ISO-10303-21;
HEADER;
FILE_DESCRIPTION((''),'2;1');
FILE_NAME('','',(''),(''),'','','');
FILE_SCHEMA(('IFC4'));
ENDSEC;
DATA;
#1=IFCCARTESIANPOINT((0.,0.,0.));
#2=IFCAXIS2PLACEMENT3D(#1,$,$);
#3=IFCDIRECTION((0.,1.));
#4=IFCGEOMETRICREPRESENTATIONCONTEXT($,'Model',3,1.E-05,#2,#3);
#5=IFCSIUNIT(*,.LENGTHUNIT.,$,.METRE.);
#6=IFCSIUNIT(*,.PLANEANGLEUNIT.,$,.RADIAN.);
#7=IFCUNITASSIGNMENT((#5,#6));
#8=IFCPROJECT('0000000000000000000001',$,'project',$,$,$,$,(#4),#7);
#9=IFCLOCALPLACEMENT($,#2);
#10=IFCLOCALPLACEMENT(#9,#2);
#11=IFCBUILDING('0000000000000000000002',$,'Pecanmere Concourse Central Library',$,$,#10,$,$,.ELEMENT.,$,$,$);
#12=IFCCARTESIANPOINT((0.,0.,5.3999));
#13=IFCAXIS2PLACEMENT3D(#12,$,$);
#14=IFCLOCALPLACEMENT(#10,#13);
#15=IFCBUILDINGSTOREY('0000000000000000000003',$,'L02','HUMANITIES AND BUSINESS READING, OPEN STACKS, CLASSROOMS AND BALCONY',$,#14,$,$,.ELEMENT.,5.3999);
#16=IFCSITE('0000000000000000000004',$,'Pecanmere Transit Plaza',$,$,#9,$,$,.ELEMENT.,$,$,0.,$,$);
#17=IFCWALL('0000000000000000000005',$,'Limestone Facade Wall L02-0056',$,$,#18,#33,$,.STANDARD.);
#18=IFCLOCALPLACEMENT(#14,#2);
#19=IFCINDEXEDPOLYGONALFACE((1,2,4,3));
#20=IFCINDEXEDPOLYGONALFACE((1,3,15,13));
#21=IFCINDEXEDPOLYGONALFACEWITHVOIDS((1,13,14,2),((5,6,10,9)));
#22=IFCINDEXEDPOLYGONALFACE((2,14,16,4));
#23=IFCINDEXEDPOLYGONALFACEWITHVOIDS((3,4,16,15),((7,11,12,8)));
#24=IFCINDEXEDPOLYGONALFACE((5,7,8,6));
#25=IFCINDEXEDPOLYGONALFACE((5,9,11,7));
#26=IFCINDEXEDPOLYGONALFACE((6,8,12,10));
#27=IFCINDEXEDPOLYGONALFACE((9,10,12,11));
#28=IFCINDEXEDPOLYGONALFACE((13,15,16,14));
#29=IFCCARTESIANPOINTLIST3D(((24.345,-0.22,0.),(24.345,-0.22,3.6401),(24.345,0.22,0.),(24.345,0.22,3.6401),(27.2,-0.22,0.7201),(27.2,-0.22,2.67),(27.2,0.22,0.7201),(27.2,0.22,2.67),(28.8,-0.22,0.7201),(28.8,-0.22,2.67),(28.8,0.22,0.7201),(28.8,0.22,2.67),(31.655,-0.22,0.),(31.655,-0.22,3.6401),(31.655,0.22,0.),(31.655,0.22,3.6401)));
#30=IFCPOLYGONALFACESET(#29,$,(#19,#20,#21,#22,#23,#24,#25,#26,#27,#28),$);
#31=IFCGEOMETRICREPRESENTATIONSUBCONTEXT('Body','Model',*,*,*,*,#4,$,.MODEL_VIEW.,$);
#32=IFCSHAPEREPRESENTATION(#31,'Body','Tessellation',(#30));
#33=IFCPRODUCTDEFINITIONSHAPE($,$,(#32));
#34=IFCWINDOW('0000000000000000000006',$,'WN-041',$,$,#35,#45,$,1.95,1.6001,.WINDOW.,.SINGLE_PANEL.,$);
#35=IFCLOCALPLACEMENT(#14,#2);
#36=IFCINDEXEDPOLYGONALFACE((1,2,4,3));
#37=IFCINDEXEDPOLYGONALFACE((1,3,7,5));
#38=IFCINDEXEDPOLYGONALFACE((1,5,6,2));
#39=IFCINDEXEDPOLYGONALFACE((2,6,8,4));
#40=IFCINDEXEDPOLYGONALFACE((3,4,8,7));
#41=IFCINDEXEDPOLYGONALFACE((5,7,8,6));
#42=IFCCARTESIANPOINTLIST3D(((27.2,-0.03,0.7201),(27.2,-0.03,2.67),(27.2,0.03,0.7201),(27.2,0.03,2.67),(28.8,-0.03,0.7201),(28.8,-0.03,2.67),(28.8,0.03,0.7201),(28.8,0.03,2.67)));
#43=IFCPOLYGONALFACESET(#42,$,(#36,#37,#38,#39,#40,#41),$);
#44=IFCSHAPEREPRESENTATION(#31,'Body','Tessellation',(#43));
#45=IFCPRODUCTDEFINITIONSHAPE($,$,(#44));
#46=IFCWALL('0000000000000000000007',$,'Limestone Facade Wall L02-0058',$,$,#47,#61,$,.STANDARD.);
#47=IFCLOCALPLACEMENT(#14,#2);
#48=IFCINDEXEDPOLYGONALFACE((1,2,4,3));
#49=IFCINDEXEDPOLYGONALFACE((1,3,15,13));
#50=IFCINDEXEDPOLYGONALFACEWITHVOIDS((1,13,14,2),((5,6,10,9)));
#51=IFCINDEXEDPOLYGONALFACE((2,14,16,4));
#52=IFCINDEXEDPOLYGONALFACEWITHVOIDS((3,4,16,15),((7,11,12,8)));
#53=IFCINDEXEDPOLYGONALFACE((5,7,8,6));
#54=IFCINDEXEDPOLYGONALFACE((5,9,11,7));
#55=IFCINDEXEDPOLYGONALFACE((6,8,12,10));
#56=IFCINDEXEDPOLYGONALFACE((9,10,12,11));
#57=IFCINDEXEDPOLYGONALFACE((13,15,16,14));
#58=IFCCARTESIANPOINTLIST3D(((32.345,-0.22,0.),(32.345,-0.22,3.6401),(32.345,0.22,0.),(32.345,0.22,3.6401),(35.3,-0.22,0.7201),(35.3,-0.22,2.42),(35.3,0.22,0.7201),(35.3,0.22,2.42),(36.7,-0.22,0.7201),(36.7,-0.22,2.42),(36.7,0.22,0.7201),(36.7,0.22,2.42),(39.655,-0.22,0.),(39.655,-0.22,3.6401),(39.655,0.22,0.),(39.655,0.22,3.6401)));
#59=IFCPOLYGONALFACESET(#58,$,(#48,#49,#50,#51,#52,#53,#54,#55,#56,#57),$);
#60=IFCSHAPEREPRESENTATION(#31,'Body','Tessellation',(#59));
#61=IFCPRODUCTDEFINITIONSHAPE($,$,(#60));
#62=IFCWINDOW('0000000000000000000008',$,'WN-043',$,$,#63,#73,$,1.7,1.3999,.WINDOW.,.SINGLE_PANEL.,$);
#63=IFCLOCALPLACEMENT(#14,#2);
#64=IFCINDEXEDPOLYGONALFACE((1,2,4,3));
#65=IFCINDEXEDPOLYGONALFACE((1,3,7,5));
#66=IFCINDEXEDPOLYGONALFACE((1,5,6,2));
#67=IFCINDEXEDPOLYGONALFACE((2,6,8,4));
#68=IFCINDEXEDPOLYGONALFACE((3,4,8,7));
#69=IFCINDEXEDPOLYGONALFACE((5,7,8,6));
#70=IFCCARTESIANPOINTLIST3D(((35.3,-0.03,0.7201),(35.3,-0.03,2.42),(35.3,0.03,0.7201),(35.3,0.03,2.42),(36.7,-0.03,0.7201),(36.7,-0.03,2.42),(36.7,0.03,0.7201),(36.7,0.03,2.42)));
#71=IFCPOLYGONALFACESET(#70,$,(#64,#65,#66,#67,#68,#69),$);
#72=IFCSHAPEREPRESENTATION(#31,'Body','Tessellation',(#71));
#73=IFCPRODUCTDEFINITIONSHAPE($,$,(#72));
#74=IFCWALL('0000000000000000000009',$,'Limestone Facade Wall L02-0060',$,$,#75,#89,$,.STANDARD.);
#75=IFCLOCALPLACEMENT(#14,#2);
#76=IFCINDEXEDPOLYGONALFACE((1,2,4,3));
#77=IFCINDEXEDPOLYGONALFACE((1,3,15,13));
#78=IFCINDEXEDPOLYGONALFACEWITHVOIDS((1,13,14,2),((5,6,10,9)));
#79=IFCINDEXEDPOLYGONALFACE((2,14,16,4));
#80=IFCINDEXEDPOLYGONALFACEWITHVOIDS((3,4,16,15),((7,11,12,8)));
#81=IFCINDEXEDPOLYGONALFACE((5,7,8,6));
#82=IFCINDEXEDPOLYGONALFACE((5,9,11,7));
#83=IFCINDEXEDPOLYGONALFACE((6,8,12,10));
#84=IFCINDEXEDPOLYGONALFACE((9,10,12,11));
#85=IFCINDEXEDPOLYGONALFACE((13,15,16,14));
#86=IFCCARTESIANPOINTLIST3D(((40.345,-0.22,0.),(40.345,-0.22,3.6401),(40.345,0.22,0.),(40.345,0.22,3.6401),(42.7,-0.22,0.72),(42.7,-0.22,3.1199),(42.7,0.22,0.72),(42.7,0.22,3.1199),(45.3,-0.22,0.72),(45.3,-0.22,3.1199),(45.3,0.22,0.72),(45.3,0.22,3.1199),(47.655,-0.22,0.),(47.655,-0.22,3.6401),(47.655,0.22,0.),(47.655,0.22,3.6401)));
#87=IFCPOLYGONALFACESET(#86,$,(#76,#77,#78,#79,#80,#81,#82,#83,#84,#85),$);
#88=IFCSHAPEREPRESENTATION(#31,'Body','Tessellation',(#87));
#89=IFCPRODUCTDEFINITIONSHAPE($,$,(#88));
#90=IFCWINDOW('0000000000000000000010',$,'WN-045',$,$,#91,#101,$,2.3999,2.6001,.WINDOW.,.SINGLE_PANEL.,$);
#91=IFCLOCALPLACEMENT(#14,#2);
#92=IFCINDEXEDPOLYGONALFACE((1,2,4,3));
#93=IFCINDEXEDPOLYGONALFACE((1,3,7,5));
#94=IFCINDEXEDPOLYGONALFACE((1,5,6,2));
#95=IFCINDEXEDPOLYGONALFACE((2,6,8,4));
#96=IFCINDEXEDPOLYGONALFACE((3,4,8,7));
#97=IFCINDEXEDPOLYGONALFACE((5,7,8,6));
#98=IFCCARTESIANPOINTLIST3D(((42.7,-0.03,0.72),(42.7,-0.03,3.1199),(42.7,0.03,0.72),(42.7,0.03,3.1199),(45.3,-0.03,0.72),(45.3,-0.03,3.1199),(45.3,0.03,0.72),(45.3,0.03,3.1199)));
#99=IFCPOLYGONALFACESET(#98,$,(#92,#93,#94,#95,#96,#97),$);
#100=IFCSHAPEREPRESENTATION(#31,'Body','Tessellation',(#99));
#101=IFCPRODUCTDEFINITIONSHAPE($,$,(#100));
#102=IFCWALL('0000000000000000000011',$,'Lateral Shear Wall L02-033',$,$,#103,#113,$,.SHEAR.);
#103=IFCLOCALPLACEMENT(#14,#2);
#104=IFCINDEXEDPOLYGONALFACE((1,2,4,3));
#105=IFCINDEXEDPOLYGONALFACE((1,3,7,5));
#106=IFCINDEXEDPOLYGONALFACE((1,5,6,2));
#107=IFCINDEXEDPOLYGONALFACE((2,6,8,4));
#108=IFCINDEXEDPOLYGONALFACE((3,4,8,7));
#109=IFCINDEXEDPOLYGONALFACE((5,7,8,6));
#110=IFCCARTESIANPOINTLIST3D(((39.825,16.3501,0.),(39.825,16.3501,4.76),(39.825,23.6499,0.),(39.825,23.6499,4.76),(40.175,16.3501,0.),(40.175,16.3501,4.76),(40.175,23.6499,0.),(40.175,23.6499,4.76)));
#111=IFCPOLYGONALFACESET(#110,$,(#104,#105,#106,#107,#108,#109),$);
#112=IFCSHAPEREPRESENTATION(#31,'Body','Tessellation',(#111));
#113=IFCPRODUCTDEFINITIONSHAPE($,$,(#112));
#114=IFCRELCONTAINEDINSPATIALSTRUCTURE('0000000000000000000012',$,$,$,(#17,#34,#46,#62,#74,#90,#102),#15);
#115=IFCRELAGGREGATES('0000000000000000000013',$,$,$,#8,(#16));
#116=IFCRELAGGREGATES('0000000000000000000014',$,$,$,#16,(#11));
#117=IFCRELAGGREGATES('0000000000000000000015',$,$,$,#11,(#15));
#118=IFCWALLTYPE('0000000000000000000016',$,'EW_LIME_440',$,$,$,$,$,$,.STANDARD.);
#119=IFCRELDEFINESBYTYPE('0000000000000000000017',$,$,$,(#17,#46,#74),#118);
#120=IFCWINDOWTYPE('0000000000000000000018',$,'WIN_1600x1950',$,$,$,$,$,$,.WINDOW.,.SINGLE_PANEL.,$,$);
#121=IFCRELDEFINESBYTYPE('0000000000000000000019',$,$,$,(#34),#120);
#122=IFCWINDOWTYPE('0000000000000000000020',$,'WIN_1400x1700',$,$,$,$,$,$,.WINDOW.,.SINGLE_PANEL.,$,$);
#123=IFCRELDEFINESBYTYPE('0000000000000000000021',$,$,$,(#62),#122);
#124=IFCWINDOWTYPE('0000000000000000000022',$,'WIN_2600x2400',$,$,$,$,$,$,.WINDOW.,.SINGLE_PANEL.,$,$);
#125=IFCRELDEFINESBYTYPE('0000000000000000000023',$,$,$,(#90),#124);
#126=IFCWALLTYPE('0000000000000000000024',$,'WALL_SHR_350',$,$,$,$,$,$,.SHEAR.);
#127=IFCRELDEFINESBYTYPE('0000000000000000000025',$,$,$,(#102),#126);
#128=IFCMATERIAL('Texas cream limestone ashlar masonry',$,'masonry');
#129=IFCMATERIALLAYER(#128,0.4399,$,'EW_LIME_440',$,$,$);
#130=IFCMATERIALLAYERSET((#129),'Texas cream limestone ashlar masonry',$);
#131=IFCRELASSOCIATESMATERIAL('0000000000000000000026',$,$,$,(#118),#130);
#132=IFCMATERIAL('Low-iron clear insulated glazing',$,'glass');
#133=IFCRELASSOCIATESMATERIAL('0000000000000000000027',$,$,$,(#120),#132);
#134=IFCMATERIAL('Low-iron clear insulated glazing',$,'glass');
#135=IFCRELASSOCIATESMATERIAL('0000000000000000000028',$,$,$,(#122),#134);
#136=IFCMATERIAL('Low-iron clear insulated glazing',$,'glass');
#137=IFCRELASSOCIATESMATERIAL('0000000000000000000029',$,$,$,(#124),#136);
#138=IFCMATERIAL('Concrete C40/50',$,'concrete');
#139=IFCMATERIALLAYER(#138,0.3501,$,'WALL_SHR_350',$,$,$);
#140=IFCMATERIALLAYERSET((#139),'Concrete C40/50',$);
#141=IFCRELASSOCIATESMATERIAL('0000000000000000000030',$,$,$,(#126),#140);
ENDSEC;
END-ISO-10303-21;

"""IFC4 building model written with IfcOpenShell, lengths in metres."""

from ifc_helpers import new_model, si_unit, direction, frame, frame_2d, origin, place, context, subcontext, project, spatial, rectangle, extrude, material, layer, layer_set, type_object, element, fill, save


model = new_model("IFC4")

# Units and contexts
model_context = context("Model", 3, precision=1e-05, world=origin(), true_north=direction((0.0, 1.0)))
body_context = subcontext(model_context, "Body", "Model", "MODEL_VIEW")
ifc_project = project(units=[si_unit("LENGTHUNIT", "METRE"), si_unit("PLANEANGLEUNIT", "RADIAN")], contexts=[model_context])

# Site, building, storey
site_placement = place(None, origin())
site = spatial("IfcSite", under=ifc_project, at=site_placement, Name="Pecanmere Transit Plaza", CompositionType="ELEMENT", RefElevation=0.0)
building_placement = place(site_placement, origin())
building = spatial("IfcBuilding", under=site, at=building_placement, Name="Pecanmere Concourse Central Library", CompositionType="ELEMENT")
storey_placement = place(building_placement, frame((0.0, 0.0, 5.3999)))
storey = spatial("IfcBuildingStorey", under=building, at=storey_placement, Name="L02", Description="HUMANITIES AND BUSINESS READING, OPEN STACKS, CLASSROOMS AND BALCONY", CompositionType="ELEMENT", Elevation=5.3999)

# Walls, openings, windows
ifc_material_1 = material(Name="Texas cream limestone ashlar masonry", Category="masonry")
ifc_layer_1 = layer(ifc_material_1, 0.4399, Name="EW_LIME_440")
ifc_layer_set_1 = layer_set([ifc_layer_1], Name="Texas cream limestone ashlar masonry")
wall_type_1 = type_object("IfcWallType", Name="EW_LIME_440", PredefinedType="STANDARD", material=ifc_layer_set_1)
wall_1_placement = place(storey_placement, frame((24.345, 0.0, 0.0), z_axis=(0.0, 0.0, 1.0), x_axis=(1.0, 0.0, 0.0)))
wall_1 = element("IfcWall", 1, at=wall_1_placement, inside=storey, type_object=wall_type_1, Name="Limestone Facade Wall L02-0056", PredefinedType="STANDARD", context=body_context, shape_type="SweptSolid", body=[
    extrude(rectangle(XDim=7.3101, YDim=0.4399, at=frame_2d((3.655, 0.0))), origin(), (0.0, 0.0, 1.0), 3.6401),
])
opening_1_placement = place(wall_1_placement, frame((2.855, 0.0, 0.72)))
opening_1 = element("IfcOpeningElement", 2, at=opening_1_placement, cuts=wall_1, PredefinedType="OPENING", context=body_context, shape_type="SweptSolid", body=[
    extrude(rectangle(XDim=1.6001, YDim=1.95, at=frame_2d((0.8, 0.9751))), frame((0.0, 0.2319, 0.0), z_axis=(0.0, -1.0, 0.0), x_axis=(1.0, 0.0, 0.0)), (0.0, 0.0, 1.0), 0.4639),
])
ifc_material_2 = material(Name="Low-iron clear insulated glazing", Category="glass")
window_type_1 = type_object("IfcWindowType", Name="WIN_1600x1950", PartitioningType="SINGLE_PANEL", PredefinedType="WINDOW", material=ifc_material_2)
window_1_placement = place(opening_1_placement, origin())
window_1 = element("IfcWindow", 3, at=window_1_placement, inside=storey, type_object=window_type_1, Name="WN-041", OverallHeight=1.95, OverallWidth=1.6001, PartitioningType="SINGLE_PANEL", PredefinedType="WINDOW", context=body_context, shape_type="SweptSolid", body=[
    extrude(rectangle(XDim=1.6001, YDim=1.95, at=frame_2d((0.8, 0.9751))), frame((0.0, 0.03, 0.0), z_axis=(0.0, -1.0, 0.0), x_axis=(1.0, 0.0, 0.0)), (0.0, 0.0, 1.0), 0.0601),
])
fill(opening_1, window_1)
wall_2_placement = place(storey_placement, frame((32.345, 0.0, 0.0), z_axis=(0.0, 0.0, 1.0), x_axis=(1.0, 0.0, 0.0)))
wall_2 = element("IfcWall", 4, at=wall_2_placement, inside=storey, type_object=wall_type_1, Name="Limestone Facade Wall L02-0058", PredefinedType="STANDARD", context=body_context, shape_type="SweptSolid", body=[
    extrude(rectangle(XDim=7.3101, YDim=0.4399, at=frame_2d((3.655, 0.0))), origin(), (0.0, 0.0, 1.0), 3.6401),
])
opening_2_placement = place(wall_2_placement, frame((2.9551, 0.0, 0.72)))
opening_2 = element("IfcOpeningElement", 5, at=opening_2_placement, cuts=wall_2, PredefinedType="OPENING", context=body_context, shape_type="SweptSolid", body=[
    extrude(rectangle(XDim=1.3999, YDim=1.7, at=frame_2d((0.7, 0.8501))), frame((0.0, 0.2319, 0.0), z_axis=(0.0, -1.0, 0.0), x_axis=(1.0, 0.0, 0.0)), (0.0, 0.0, 1.0), 0.4639),
])
ifc_material_3 = material(Name="Low-iron clear insulated glazing", Category="glass")
window_type_2 = type_object("IfcWindowType", Name="WIN_1400x1700", PartitioningType="SINGLE_PANEL", PredefinedType="WINDOW", material=ifc_material_3)
window_2_placement = place(opening_2_placement, origin())
window_2 = element("IfcWindow", 6, at=window_2_placement, inside=storey, type_object=window_type_2, Name="WN-043", OverallHeight=1.7, OverallWidth=1.3999, PartitioningType="SINGLE_PANEL", PredefinedType="WINDOW", context=body_context, shape_type="SweptSolid", body=[
    extrude(rectangle(XDim=1.3999, YDim=1.7, at=frame_2d((0.7, 0.8501))), frame((0.0, 0.03, 0.0), z_axis=(0.0, -1.0, 0.0), x_axis=(1.0, 0.0, 0.0)), (0.0, 0.0, 1.0), 0.0601),
])
fill(opening_2, window_2)
wall_3_placement = place(storey_placement, frame((40.345, 0.0, 0.0), z_axis=(0.0, 0.0, 1.0), x_axis=(1.0, 0.0, 0.0)))
wall_3 = element("IfcWall", 7, at=wall_3_placement, inside=storey, type_object=wall_type_1, Name="Limestone Facade Wall L02-0060", PredefinedType="STANDARD", context=body_context, shape_type="SweptSolid", body=[
    extrude(rectangle(XDim=7.3101, YDim=0.4399, at=frame_2d((3.655, 0.0))), origin(), (0.0, 0.0, 1.0), 3.6401),
])
opening_3_placement = place(wall_3_placement, frame((2.355, 0.0, 0.72)))
opening_3 = element("IfcOpeningElement", 8, at=opening_3_placement, cuts=wall_3, PredefinedType="OPENING", context=body_context, shape_type="SweptSolid", body=[
    extrude(rectangle(XDim=2.6001, YDim=2.3999, at=frame_2d((1.3, 1.2))), frame((0.0, 0.2319, 0.0), z_axis=(0.0, -1.0, 0.0), x_axis=(1.0, 0.0, 0.0)), (0.0, 0.0, 1.0), 0.4639),
])
ifc_material_4 = material(Name="Low-iron clear insulated glazing", Category="glass")
window_type_3 = type_object("IfcWindowType", Name="WIN_2600x2400", PartitioningType="SINGLE_PANEL", PredefinedType="WINDOW", material=ifc_material_4)
window_3_placement = place(opening_3_placement, origin())
window_3 = element("IfcWindow", 9, at=window_3_placement, inside=storey, type_object=window_type_3, Name="WN-045", OverallHeight=2.3999, OverallWidth=2.6001, PartitioningType="SINGLE_PANEL", PredefinedType="WINDOW", context=body_context, shape_type="SweptSolid", body=[
    extrude(rectangle(XDim=2.6001, YDim=2.3999, at=frame_2d((1.3, 1.2))), frame((0.0, 0.03, 0.0), z_axis=(0.0, -1.0, 0.0), x_axis=(1.0, 0.0, 0.0)), (0.0, 0.0, 1.0), 0.0601),
])
fill(opening_3, window_3)

# Wall
ifc_material_5 = material(Name="Concrete C40/50", Category="concrete")
ifc_layer_2 = layer(ifc_material_5, 0.3501, Name="WALL_SHR_350")
ifc_layer_set_2 = layer_set([ifc_layer_2], Name="Concrete C40/50")
wall_type_2 = type_object("IfcWallType", Name="WALL_SHR_350", PredefinedType="SHEAR", material=ifc_layer_set_2)
wall_4_placement = place(storey_placement, frame((40.0, 16.3501, 0.0), z_axis=(0.0, 0.0, 1.0), x_axis=(0.0, 1.0, 0.0)))
element("IfcWall", 10, at=wall_4_placement, inside=storey, type_object=wall_type_2, Name="Lateral Shear Wall L02-033", PredefinedType="SHEAR", context=body_context, shape_type="SweptSolid", body=[
    extrude(rectangle(XDim=7.2998, YDim=0.3501, at=frame_2d((3.6499, 0.0))), origin(), (0.0, 0.0, 1.0), 4.76),
])

save(model, "model.ifc")
